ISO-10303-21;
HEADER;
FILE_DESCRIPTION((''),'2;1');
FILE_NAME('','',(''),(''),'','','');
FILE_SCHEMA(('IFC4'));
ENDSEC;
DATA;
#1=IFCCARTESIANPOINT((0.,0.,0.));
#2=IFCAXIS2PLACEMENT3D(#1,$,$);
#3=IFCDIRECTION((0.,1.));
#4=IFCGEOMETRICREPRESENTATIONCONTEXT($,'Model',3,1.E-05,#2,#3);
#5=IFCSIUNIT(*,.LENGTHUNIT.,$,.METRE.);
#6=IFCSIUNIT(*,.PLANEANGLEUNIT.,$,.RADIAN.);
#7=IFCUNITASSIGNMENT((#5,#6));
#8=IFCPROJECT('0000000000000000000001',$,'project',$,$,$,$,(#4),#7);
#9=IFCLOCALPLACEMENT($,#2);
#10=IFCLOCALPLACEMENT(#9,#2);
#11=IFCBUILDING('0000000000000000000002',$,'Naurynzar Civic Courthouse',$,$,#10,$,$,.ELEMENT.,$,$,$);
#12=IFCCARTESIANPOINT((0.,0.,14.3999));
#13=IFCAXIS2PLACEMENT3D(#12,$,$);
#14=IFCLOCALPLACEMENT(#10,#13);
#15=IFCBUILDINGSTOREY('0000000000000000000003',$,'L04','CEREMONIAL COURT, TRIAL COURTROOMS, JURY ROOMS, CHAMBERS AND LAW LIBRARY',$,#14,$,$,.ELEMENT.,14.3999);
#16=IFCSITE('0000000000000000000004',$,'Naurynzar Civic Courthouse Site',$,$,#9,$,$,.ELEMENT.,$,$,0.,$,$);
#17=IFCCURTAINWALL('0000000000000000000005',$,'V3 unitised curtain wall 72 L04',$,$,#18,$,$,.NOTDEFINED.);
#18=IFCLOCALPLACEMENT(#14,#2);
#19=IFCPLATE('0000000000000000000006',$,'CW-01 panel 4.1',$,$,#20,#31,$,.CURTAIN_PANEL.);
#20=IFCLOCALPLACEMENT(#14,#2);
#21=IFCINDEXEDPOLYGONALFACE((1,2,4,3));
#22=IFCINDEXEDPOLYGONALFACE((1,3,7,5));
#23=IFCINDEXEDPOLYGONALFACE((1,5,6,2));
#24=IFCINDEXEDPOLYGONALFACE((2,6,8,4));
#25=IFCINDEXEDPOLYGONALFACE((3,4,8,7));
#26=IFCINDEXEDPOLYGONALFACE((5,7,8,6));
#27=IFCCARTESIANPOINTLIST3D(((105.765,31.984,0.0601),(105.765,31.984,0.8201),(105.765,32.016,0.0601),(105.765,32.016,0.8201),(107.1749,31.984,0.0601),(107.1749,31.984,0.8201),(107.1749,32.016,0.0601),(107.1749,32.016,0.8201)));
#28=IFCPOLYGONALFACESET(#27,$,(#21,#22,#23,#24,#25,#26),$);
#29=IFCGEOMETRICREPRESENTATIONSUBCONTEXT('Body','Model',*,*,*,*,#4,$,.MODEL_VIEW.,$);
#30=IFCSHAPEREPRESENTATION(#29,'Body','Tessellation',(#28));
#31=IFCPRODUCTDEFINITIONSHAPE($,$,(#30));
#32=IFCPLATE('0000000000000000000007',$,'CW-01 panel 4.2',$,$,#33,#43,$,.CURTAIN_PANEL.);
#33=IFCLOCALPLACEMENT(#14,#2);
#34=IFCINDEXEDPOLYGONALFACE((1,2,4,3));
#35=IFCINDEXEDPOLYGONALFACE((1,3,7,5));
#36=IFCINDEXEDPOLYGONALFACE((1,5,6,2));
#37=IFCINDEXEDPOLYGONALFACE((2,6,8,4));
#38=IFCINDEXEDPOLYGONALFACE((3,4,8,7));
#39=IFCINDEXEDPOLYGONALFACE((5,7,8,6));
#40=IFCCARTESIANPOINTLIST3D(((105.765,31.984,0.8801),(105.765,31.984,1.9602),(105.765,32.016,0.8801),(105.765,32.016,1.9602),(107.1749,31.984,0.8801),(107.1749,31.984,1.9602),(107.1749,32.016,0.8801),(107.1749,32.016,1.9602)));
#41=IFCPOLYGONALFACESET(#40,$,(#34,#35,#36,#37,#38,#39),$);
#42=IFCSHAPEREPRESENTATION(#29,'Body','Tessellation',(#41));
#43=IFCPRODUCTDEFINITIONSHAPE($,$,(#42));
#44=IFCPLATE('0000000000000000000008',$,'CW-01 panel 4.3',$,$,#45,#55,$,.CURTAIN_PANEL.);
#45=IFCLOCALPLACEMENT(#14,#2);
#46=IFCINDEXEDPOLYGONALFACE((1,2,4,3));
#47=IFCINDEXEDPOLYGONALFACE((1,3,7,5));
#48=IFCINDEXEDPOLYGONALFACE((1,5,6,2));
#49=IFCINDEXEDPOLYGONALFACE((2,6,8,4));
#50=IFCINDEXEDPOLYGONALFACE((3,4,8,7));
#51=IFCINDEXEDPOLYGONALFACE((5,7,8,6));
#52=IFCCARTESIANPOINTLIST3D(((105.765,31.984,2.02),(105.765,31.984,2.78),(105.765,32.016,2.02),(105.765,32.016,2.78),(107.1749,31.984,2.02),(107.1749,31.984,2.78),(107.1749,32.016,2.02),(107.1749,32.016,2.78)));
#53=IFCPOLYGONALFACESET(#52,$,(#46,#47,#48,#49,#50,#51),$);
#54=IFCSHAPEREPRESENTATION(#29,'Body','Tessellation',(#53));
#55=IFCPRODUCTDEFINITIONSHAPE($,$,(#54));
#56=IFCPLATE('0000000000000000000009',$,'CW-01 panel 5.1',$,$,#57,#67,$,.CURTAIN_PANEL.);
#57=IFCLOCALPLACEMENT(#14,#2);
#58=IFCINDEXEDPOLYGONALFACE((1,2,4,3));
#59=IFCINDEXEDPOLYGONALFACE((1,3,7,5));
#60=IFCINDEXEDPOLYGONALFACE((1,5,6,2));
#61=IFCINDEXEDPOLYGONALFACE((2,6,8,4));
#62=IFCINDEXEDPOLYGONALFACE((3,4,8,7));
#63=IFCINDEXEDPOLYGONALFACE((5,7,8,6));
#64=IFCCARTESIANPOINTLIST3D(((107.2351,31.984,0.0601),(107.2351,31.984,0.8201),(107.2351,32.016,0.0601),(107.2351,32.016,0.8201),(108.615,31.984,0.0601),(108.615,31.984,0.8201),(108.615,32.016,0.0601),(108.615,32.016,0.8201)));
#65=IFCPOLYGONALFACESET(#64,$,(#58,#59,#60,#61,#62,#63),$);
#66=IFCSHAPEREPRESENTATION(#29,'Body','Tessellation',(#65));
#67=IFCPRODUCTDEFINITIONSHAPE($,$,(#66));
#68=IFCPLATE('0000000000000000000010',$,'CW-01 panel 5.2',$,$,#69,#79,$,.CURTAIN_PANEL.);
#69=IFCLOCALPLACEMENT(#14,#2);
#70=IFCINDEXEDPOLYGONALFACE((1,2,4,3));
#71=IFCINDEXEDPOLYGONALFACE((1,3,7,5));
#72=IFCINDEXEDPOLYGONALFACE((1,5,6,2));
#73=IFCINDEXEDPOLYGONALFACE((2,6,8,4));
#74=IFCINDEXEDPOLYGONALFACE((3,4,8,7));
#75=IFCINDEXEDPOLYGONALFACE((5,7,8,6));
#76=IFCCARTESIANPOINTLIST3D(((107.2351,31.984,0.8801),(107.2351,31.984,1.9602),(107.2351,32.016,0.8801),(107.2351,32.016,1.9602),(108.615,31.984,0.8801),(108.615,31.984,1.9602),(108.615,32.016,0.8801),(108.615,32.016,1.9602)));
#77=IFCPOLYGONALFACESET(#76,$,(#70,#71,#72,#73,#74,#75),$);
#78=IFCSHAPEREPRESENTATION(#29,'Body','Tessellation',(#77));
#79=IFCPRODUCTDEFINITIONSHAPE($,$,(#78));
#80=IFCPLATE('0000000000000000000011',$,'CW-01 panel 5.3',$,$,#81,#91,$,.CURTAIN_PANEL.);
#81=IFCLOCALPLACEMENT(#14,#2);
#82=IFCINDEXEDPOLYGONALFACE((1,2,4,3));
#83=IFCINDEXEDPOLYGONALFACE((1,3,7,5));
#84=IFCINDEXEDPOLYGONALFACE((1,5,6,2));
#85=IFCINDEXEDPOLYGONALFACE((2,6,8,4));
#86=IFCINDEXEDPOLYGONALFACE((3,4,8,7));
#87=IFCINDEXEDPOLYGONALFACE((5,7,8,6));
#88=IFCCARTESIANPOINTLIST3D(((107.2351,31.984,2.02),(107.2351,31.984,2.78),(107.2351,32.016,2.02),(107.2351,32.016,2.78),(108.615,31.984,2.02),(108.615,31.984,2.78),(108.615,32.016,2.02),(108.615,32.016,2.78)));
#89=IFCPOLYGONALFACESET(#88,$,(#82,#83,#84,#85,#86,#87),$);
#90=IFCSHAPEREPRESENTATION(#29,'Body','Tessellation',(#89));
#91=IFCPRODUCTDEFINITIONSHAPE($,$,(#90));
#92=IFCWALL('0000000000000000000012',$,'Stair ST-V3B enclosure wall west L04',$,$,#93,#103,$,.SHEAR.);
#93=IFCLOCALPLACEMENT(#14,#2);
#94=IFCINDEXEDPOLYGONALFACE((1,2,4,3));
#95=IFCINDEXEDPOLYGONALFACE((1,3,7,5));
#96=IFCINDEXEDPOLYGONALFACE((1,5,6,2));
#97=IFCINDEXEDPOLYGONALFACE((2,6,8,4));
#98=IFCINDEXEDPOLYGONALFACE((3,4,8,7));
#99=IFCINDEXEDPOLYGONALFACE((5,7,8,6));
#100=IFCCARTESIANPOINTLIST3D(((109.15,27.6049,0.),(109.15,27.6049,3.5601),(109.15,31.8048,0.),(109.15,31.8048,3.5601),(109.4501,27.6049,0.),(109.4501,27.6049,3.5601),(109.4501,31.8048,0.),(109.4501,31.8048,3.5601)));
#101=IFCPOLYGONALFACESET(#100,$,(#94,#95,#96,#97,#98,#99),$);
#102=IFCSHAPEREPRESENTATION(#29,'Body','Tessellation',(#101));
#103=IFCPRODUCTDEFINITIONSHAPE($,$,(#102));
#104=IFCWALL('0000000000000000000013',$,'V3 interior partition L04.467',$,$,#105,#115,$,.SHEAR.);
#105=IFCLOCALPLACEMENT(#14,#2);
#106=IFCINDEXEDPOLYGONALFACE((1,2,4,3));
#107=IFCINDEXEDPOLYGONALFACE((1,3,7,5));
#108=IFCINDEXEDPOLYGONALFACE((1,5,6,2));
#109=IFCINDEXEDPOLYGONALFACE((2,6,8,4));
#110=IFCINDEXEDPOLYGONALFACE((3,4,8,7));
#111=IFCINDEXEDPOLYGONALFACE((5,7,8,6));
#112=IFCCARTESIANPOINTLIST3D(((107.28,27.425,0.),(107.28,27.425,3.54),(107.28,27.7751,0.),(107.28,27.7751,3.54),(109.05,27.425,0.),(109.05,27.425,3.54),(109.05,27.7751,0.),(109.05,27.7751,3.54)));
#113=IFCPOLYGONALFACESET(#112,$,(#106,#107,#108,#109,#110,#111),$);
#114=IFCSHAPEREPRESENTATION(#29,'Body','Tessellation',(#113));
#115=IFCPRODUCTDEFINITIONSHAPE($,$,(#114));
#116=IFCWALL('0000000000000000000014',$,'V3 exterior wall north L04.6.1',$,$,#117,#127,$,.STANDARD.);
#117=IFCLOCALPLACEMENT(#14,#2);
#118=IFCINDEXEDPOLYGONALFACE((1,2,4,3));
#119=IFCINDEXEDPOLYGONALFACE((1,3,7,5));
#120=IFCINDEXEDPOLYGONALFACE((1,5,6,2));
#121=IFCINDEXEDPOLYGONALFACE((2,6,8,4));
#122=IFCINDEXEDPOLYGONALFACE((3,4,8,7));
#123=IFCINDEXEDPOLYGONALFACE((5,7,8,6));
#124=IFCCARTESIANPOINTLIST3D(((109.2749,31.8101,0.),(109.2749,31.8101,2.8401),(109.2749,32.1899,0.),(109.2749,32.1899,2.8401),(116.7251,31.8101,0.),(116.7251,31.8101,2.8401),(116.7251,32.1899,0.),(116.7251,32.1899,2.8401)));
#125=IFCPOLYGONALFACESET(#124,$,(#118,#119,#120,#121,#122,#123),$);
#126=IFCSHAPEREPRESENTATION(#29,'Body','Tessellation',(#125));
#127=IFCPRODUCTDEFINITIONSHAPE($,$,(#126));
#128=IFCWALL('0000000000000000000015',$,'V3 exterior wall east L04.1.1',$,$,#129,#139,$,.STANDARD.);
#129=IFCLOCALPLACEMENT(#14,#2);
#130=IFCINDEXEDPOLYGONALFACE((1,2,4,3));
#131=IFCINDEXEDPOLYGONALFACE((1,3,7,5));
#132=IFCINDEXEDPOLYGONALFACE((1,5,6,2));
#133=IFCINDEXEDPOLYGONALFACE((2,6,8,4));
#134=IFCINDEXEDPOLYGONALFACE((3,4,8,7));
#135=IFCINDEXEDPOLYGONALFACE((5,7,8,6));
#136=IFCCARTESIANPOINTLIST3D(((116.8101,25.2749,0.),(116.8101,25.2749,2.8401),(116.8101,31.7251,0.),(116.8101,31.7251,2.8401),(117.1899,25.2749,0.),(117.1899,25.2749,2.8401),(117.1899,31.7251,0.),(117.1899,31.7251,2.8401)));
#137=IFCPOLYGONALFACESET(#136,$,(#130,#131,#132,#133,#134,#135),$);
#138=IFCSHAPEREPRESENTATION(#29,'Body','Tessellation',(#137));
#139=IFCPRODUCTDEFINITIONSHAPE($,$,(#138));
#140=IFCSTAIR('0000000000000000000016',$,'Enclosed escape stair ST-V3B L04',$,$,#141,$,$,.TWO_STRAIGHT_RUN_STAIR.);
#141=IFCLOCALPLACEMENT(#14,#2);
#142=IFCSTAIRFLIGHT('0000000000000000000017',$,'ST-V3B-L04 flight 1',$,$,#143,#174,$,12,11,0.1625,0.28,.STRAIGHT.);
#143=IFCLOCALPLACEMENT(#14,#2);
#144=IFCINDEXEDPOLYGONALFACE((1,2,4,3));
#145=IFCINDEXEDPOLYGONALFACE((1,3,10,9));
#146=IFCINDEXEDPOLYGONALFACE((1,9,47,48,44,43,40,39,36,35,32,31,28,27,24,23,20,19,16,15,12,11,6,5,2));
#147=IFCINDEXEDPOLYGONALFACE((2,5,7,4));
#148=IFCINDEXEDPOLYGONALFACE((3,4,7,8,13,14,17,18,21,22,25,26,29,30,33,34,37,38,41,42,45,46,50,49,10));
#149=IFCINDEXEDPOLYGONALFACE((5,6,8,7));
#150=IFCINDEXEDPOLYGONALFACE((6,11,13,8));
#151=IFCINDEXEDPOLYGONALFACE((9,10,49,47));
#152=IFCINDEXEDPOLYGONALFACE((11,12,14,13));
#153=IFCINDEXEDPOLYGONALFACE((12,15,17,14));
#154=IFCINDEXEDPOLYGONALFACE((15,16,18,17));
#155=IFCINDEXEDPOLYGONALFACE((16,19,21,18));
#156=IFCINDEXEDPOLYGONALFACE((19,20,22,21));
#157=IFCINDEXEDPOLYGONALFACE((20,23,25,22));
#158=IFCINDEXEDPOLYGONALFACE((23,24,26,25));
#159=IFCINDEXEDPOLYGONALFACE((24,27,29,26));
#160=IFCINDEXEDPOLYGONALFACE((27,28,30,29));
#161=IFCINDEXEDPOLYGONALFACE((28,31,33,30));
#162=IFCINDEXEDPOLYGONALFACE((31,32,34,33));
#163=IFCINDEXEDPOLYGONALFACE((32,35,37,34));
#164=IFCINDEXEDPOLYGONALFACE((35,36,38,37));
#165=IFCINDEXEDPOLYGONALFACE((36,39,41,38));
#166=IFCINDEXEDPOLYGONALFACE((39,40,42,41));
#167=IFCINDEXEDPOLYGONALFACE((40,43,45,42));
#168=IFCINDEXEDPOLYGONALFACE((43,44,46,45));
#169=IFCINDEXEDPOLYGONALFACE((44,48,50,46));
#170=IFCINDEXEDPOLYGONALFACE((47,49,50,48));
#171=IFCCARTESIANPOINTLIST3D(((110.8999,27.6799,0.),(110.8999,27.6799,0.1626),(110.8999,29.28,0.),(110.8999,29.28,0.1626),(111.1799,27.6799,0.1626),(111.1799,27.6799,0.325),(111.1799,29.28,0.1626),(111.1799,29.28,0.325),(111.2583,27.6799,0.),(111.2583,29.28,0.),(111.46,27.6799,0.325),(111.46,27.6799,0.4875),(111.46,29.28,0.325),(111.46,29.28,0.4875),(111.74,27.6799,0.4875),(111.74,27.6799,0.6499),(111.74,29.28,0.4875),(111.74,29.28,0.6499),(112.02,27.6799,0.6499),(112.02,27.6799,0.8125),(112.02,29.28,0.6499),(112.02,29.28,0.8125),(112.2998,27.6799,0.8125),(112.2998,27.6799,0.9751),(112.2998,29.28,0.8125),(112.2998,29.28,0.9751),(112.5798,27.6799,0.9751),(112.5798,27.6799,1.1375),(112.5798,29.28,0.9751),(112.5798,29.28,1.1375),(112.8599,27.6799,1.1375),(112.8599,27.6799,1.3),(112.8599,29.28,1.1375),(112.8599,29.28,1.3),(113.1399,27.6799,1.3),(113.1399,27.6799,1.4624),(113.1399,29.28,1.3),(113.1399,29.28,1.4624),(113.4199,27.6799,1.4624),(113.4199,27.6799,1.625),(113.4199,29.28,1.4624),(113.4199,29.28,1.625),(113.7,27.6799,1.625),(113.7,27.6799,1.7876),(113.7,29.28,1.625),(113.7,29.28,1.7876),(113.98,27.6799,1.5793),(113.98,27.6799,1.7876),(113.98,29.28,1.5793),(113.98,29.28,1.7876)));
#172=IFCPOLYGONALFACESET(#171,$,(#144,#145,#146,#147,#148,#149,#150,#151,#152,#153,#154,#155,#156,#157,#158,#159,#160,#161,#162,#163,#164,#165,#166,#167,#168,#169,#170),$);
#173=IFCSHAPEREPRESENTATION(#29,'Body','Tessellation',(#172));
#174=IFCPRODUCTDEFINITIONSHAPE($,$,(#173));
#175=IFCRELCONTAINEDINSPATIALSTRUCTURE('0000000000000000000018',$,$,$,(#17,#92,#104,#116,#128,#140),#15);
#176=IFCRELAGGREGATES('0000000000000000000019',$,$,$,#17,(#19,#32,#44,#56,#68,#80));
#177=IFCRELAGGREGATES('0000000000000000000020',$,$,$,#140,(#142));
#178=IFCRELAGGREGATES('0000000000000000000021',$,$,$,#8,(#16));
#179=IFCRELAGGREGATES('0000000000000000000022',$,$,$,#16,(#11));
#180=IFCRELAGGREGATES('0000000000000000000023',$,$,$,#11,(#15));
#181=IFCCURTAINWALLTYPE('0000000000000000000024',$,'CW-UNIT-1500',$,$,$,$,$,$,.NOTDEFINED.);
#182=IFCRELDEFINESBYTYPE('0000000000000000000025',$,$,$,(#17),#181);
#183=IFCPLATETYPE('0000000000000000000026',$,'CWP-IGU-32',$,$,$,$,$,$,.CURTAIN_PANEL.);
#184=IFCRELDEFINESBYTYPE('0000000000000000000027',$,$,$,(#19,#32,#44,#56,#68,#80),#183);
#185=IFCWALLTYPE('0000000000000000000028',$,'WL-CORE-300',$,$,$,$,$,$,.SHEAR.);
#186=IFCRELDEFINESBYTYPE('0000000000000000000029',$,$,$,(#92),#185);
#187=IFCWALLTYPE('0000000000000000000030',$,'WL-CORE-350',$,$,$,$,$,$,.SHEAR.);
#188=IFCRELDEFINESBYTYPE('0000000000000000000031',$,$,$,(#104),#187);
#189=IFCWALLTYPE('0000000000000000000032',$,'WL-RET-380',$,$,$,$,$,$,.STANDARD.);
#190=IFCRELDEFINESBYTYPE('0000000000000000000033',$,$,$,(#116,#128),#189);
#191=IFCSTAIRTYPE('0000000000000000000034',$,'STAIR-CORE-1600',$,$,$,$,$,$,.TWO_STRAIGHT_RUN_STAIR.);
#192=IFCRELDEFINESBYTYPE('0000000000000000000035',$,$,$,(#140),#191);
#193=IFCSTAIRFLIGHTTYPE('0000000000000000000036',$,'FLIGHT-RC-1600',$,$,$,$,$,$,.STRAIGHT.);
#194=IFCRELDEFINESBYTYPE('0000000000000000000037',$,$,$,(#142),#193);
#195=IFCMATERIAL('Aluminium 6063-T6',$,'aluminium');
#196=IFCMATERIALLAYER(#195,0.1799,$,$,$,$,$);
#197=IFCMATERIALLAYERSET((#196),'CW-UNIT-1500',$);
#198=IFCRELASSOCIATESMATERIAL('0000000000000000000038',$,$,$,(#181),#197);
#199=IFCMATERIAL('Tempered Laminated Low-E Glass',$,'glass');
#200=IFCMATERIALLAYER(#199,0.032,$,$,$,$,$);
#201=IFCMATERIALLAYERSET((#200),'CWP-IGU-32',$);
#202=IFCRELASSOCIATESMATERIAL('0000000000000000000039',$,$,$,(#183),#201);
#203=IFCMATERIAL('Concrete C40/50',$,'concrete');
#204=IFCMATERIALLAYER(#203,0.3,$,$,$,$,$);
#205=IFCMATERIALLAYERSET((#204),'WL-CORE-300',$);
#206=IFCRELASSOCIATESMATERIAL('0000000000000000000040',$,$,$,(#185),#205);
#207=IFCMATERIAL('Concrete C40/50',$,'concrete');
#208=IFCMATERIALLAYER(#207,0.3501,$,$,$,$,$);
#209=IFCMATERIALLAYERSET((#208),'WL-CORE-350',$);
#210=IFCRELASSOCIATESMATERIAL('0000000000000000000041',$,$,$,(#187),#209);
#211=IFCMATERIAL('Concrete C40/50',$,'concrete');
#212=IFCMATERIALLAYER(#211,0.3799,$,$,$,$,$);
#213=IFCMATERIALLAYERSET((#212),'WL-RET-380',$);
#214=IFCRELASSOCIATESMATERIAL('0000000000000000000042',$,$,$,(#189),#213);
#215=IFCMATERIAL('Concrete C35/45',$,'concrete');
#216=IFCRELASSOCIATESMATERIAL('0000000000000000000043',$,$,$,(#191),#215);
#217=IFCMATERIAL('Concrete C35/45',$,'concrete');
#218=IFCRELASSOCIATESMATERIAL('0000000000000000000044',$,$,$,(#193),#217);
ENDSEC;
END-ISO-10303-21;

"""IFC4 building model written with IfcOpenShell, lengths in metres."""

from ifc_helpers import new_model, si_unit, direction, frame, frame_2d, origin, origin_2d, place, context, subcontext, project, spatial, polyline, rectangle, outline, extrude, material, layer, layer_set, type_object, element, aggregate, save


model = new_model("IFC4")

# Units and contexts
model_context = context("Model", 3, precision=1e-05, world=origin(), true_north=direction((0.0, 1.0)))
body_context = subcontext(model_context, "Body", "Model", "MODEL_VIEW")
ifc_project = project(units=[si_unit("LENGTHUNIT", "METRE"), si_unit("PLANEANGLEUNIT", "RADIAN")], contexts=[model_context])

# Site, building, storey
site_placement = place(None, origin())
site = spatial("IfcSite", under=ifc_project, at=site_placement, Name="Naurynzar Civic Courthouse Site", CompositionType="ELEMENT", RefElevation=0.0)
building_placement = place(site_placement, origin())
building = spatial("IfcBuilding", under=site, at=building_placement, Name="Naurynzar Civic Courthouse", CompositionType="ELEMENT")
storey_placement = place(building_placement, frame((0.0, 0.0, 14.3999)))
storey = spatial("IfcBuildingStorey", under=building, at=storey_placement, Name="L04", Description="CEREMONIAL COURT, TRIAL COURTROOMS, JURY ROOMS, CHAMBERS AND LAW LIBRARY", CompositionType="ELEMENT", Elevation=14.3999)

# Curtain wall, plates
ifc_material_1 = material(Name="Aluminium 6063-T6", Category="aluminium")
ifc_layer_1 = layer(ifc_material_1, 0.1799)
ifc_layer_set_1 = layer_set([ifc_layer_1], Name="CW-UNIT-1500")
curtain_wall_type = type_object("IfcCurtainWallType", Name="CW-UNIT-1500", PredefinedType="NOTDEFINED", material=ifc_layer_set_1)
curtain_wall_placement = place(storey_placement, origin())
curtain_wall = element("IfcCurtainWall", 1, at=curtain_wall_placement, inside=storey, type_object=curtain_wall_type, Name="V3 unitised curtain wall 72 L04", PredefinedType="NOTDEFINED")
ifc_material_2 = material(Name="Tempered Laminated Low-E Glass", Category="glass")
ifc_layer_2 = layer(ifc_material_2, 0.032)
ifc_layer_set_2 = layer_set([ifc_layer_2], Name="CWP-IGU-32")
plate_type = type_object("IfcPlateType", Name="CWP-IGU-32", PredefinedType="CURTAIN_PANEL", material=ifc_layer_set_2)
plate_1_placement = place(storey_placement, frame((106.47, 32.0, 0.0601), z_axis=(0.0, 0.0, 1.0), x_axis=(1.0, 0.0, 0.0)))
plate_1 = element("IfcPlate", 2, at=plate_1_placement, type_object=plate_type, Name="CW-01 panel 4.1", PredefinedType="CURTAIN_PANEL", context=body_context, shape_type="SweptSolid", body=[
    extrude(rectangle(XDim=1.4099, YDim=0.032, at=origin_2d()), origin(), (0.0, 0.0, 1.0), 0.76),
])
plate_2_placement = place(storey_placement, frame((106.47, 32.0, 0.8801), z_axis=(0.0, 0.0, 1.0), x_axis=(1.0, 0.0, 0.0)))
plate_2 = element("IfcPlate", 3, at=plate_2_placement, type_object=plate_type, Name="CW-01 panel 4.2", PredefinedType="CURTAIN_PANEL", context=body_context, shape_type="SweptSolid", body=[
    extrude(rectangle(XDim=1.4099, YDim=0.032, at=origin_2d()), origin(), (0.0, 0.0, 1.0), 1.0801),
])
plate_3_placement = place(storey_placement, frame((106.47, 32.0, 2.02), z_axis=(0.0, 0.0, 1.0), x_axis=(1.0, 0.0, 0.0)))
plate_3 = element("IfcPlate", 4, at=plate_3_placement, type_object=plate_type, Name="CW-01 panel 4.3", PredefinedType="CURTAIN_PANEL", context=body_context, shape_type="SweptSolid", body=[
    extrude(rectangle(XDim=1.4099, YDim=0.032, at=origin_2d()), origin(), (0.0, 0.0, 1.0), 0.76),
])
plate_4_placement = place(storey_placement, frame((107.925, 32.0, 0.0601), z_axis=(0.0, 0.0, 1.0), x_axis=(1.0, 0.0, 0.0)))
plate_4 = element("IfcPlate", 5, at=plate_4_placement, type_object=plate_type, Name="CW-01 panel 5.1", PredefinedType="CURTAIN_PANEL", context=body_context, shape_type="SweptSolid", body=[
    extrude(rectangle(XDim=1.3799, YDim=0.032, at=origin_2d()), origin(), (0.0, 0.0, 1.0), 0.76),
])
plate_5_placement = place(storey_placement, frame((107.925, 32.0, 0.8801), z_axis=(0.0, 0.0, 1.0), x_axis=(1.0, 0.0, 0.0)))
plate_5 = element("IfcPlate", 6, at=plate_5_placement, type_object=plate_type, Name="CW-01 panel 5.2", PredefinedType="CURTAIN_PANEL", context=body_context, shape_type="SweptSolid", body=[
    extrude(rectangle(XDim=1.3799, YDim=0.032, at=origin_2d()), origin(), (0.0, 0.0, 1.0), 1.0801),
])
plate_6_placement = place(storey_placement, frame((107.925, 32.0, 2.02), z_axis=(0.0, 0.0, 1.0), x_axis=(1.0, 0.0, 0.0)))
plate_6 = element("IfcPlate", 7, at=plate_6_placement, type_object=plate_type, Name="CW-01 panel 5.3", PredefinedType="CURTAIN_PANEL", context=body_context, shape_type="SweptSolid", body=[
    extrude(rectangle(XDim=1.3799, YDim=0.032, at=origin_2d()), origin(), (0.0, 0.0, 1.0), 0.76),
])
aggregate(curtain_wall, [plate_1, plate_2, plate_3, plate_4, plate_5, plate_6])

# Shared definitions
ifc_material_3 = material(Name="Concrete C40/50", Category="concrete")
ifc_layer_3 = layer(ifc_material_3, 0.3)
ifc_layer_set_3 = layer_set([ifc_layer_3], Name="WL-CORE-300")
wall_type_1 = type_object("IfcWallType", Name="WL-CORE-300", PredefinedType="SHEAR", material=ifc_layer_set_3)

# Walls
wall_1_placement = place(storey_placement, frame((109.3, 31.8049, 0.0), z_axis=(0.0, 0.0, 1.0), x_axis=(0.0, -1.0, 0.0)))
element("IfcWall", 8, at=wall_1_placement, inside=storey, type_object=wall_type_1, Name="Stair ST-V3B enclosure wall west L04", PredefinedType="SHEAR", context=body_context, shape_type="SweptSolid", body=[
    extrude(rectangle(XDim=4.2, YDim=0.3, at=frame_2d((2.1001, 0.0))), origin(), (0.0, 0.0, 1.0), 3.5601),
])
ifc_material_4 = material(Name="Concrete C40/50", Category="concrete")
ifc_layer_4 = layer(ifc_material_4, 0.3501)
ifc_layer_set_4 = layer_set([ifc_layer_4], Name="WL-CORE-350")
wall_type_2 = type_object("IfcWallType", Name="WL-CORE-350", PredefinedType="SHEAR", material=ifc_layer_set_4)
wall_2_placement = place(storey_placement, frame((107.28, 27.6001, 0.0), z_axis=(0.0, 0.0, 1.0), x_axis=(1.0, 0.0, 0.0)))
element("IfcWall", 9, at=wall_2_placement, inside=storey, type_object=wall_type_2, Name="V3 interior partition L04.467", PredefinedType="SHEAR", context=body_context, shape_type="SweptSolid", body=[
    extrude(rectangle(XDim=1.77, YDim=0.3501, at=frame_2d((0.885, 0.0))), origin(), (0.0, 0.0, 1.0), 3.54),
])

# Walls
ifc_material_5 = material(Name="Concrete C40/50", Category="concrete")
ifc_layer_5 = layer(ifc_material_5, 0.3799)
ifc_layer_set_5 = layer_set([ifc_layer_5], Name="WL-RET-380")
wall_type_3 = type_object("IfcWallType", Name="WL-RET-380", PredefinedType="STANDARD", material=ifc_layer_set_5)
wall_3_placement = place(storey_placement, frame((109.2749, 32.0, 0.0), z_axis=(0.0, 0.0, 1.0), x_axis=(1.0, 0.0, 0.0)))
element("IfcWall", 10, at=wall_3_placement, inside=storey, type_object=wall_type_3, Name="V3 exterior wall north L04.6.1", PredefinedType="STANDARD", context=body_context, shape_type="SweptSolid", body=[
    extrude(rectangle(XDim=7.4502, YDim=0.3799, at=frame_2d((3.7251, 0.0))), origin(), (0.0, 0.0, 1.0), 2.8401),
])
wall_4_placement = place(storey_placement, frame((117.0, 31.7251, 0.0), z_axis=(0.0, 0.0, 1.0), x_axis=(0.0, -1.0, 0.0)))
element("IfcWall", 11, at=wall_4_placement, inside=storey, type_object=wall_type_3, Name="V3 exterior wall east L04.1.1", PredefinedType="STANDARD", context=body_context, shape_type="SweptSolid", body=[
    extrude(rectangle(XDim=6.4502, YDim=0.3799, at=frame_2d((3.2251, 0.0))), origin(), (0.0, 0.0, 1.0), 2.8401),
])

# Stair, stair flight
ifc_material_6 = material(Name="Concrete C35/45", Category="concrete")
stair_type = type_object("IfcStairType", Name="STAIR-CORE-1600", PredefinedType="TWO_STRAIGHT_RUN_STAIR", material=ifc_material_6)
stair_placement = place(storey_placement, origin())
stair = element("IfcStair", 12, at=stair_placement, inside=storey, type_object=stair_type, Name="Enclosed escape stair ST-V3B L04", PredefinedType="TWO_STRAIGHT_RUN_STAIR")
ifc_material_7 = material(Name="Concrete C35/45", Category="concrete")
stair_flight_type = type_object("IfcStairFlightType", Name="FLIGHT-RC-1600", PredefinedType="STRAIGHT", material=ifc_material_7)
stair_flight_1_placement = place(storey_placement, frame((110.8999, 28.48, 0.0), z_axis=(0.0, 0.0, 1.0), x_axis=(1.0, 0.0, 0.0)))
stair_flight_1 = element("IfcStairFlight", 13, at=stair_flight_1_placement, type_object=stair_flight_type, Name="ST-V3B-L04 flight 1", NumberOfRisers=12, NumberOfTreads=11, PredefinedType="STRAIGHT", RiserHeight=0.1625, TreadLength=0.28, context=body_context, shape_type="SweptSolid", body=[
    extrude(outline(polyline([(0.0, 0.0), (0.0, 0.1626), (0.28, 0.1626), (0.28, 0.325), (0.5601, 0.325), (0.5601, 0.4875), (0.8401, 0.4875), (0.8401, 0.6499), (1.1201, 0.6499), (1.1201, 0.8125), (1.3999, 0.8125), (1.3999, 0.9751), (1.6799, 0.9751), (1.6799, 1.1375), (1.96, 1.1375), (1.96, 1.3), (2.24, 1.3), (2.24, 1.4624), (2.52, 1.4624), (2.52, 1.625), (2.8, 1.625), (2.8, 1.7876), (3.0801, 1.7876), (3.0801, 1.95), (3.0801, 1.5793), (0.3584, 0.0), (0.0, 0.0)])), frame((0.0, 0.8, 0.0), z_axis=(0.0, -1.0, 0.0), x_axis=(1.0, 0.0, 0.0)), (0.0, 0.0, 1.0), 1.6001),
])
aggregate(stair, [stair_flight_1])

save(model, "model.ifc")
